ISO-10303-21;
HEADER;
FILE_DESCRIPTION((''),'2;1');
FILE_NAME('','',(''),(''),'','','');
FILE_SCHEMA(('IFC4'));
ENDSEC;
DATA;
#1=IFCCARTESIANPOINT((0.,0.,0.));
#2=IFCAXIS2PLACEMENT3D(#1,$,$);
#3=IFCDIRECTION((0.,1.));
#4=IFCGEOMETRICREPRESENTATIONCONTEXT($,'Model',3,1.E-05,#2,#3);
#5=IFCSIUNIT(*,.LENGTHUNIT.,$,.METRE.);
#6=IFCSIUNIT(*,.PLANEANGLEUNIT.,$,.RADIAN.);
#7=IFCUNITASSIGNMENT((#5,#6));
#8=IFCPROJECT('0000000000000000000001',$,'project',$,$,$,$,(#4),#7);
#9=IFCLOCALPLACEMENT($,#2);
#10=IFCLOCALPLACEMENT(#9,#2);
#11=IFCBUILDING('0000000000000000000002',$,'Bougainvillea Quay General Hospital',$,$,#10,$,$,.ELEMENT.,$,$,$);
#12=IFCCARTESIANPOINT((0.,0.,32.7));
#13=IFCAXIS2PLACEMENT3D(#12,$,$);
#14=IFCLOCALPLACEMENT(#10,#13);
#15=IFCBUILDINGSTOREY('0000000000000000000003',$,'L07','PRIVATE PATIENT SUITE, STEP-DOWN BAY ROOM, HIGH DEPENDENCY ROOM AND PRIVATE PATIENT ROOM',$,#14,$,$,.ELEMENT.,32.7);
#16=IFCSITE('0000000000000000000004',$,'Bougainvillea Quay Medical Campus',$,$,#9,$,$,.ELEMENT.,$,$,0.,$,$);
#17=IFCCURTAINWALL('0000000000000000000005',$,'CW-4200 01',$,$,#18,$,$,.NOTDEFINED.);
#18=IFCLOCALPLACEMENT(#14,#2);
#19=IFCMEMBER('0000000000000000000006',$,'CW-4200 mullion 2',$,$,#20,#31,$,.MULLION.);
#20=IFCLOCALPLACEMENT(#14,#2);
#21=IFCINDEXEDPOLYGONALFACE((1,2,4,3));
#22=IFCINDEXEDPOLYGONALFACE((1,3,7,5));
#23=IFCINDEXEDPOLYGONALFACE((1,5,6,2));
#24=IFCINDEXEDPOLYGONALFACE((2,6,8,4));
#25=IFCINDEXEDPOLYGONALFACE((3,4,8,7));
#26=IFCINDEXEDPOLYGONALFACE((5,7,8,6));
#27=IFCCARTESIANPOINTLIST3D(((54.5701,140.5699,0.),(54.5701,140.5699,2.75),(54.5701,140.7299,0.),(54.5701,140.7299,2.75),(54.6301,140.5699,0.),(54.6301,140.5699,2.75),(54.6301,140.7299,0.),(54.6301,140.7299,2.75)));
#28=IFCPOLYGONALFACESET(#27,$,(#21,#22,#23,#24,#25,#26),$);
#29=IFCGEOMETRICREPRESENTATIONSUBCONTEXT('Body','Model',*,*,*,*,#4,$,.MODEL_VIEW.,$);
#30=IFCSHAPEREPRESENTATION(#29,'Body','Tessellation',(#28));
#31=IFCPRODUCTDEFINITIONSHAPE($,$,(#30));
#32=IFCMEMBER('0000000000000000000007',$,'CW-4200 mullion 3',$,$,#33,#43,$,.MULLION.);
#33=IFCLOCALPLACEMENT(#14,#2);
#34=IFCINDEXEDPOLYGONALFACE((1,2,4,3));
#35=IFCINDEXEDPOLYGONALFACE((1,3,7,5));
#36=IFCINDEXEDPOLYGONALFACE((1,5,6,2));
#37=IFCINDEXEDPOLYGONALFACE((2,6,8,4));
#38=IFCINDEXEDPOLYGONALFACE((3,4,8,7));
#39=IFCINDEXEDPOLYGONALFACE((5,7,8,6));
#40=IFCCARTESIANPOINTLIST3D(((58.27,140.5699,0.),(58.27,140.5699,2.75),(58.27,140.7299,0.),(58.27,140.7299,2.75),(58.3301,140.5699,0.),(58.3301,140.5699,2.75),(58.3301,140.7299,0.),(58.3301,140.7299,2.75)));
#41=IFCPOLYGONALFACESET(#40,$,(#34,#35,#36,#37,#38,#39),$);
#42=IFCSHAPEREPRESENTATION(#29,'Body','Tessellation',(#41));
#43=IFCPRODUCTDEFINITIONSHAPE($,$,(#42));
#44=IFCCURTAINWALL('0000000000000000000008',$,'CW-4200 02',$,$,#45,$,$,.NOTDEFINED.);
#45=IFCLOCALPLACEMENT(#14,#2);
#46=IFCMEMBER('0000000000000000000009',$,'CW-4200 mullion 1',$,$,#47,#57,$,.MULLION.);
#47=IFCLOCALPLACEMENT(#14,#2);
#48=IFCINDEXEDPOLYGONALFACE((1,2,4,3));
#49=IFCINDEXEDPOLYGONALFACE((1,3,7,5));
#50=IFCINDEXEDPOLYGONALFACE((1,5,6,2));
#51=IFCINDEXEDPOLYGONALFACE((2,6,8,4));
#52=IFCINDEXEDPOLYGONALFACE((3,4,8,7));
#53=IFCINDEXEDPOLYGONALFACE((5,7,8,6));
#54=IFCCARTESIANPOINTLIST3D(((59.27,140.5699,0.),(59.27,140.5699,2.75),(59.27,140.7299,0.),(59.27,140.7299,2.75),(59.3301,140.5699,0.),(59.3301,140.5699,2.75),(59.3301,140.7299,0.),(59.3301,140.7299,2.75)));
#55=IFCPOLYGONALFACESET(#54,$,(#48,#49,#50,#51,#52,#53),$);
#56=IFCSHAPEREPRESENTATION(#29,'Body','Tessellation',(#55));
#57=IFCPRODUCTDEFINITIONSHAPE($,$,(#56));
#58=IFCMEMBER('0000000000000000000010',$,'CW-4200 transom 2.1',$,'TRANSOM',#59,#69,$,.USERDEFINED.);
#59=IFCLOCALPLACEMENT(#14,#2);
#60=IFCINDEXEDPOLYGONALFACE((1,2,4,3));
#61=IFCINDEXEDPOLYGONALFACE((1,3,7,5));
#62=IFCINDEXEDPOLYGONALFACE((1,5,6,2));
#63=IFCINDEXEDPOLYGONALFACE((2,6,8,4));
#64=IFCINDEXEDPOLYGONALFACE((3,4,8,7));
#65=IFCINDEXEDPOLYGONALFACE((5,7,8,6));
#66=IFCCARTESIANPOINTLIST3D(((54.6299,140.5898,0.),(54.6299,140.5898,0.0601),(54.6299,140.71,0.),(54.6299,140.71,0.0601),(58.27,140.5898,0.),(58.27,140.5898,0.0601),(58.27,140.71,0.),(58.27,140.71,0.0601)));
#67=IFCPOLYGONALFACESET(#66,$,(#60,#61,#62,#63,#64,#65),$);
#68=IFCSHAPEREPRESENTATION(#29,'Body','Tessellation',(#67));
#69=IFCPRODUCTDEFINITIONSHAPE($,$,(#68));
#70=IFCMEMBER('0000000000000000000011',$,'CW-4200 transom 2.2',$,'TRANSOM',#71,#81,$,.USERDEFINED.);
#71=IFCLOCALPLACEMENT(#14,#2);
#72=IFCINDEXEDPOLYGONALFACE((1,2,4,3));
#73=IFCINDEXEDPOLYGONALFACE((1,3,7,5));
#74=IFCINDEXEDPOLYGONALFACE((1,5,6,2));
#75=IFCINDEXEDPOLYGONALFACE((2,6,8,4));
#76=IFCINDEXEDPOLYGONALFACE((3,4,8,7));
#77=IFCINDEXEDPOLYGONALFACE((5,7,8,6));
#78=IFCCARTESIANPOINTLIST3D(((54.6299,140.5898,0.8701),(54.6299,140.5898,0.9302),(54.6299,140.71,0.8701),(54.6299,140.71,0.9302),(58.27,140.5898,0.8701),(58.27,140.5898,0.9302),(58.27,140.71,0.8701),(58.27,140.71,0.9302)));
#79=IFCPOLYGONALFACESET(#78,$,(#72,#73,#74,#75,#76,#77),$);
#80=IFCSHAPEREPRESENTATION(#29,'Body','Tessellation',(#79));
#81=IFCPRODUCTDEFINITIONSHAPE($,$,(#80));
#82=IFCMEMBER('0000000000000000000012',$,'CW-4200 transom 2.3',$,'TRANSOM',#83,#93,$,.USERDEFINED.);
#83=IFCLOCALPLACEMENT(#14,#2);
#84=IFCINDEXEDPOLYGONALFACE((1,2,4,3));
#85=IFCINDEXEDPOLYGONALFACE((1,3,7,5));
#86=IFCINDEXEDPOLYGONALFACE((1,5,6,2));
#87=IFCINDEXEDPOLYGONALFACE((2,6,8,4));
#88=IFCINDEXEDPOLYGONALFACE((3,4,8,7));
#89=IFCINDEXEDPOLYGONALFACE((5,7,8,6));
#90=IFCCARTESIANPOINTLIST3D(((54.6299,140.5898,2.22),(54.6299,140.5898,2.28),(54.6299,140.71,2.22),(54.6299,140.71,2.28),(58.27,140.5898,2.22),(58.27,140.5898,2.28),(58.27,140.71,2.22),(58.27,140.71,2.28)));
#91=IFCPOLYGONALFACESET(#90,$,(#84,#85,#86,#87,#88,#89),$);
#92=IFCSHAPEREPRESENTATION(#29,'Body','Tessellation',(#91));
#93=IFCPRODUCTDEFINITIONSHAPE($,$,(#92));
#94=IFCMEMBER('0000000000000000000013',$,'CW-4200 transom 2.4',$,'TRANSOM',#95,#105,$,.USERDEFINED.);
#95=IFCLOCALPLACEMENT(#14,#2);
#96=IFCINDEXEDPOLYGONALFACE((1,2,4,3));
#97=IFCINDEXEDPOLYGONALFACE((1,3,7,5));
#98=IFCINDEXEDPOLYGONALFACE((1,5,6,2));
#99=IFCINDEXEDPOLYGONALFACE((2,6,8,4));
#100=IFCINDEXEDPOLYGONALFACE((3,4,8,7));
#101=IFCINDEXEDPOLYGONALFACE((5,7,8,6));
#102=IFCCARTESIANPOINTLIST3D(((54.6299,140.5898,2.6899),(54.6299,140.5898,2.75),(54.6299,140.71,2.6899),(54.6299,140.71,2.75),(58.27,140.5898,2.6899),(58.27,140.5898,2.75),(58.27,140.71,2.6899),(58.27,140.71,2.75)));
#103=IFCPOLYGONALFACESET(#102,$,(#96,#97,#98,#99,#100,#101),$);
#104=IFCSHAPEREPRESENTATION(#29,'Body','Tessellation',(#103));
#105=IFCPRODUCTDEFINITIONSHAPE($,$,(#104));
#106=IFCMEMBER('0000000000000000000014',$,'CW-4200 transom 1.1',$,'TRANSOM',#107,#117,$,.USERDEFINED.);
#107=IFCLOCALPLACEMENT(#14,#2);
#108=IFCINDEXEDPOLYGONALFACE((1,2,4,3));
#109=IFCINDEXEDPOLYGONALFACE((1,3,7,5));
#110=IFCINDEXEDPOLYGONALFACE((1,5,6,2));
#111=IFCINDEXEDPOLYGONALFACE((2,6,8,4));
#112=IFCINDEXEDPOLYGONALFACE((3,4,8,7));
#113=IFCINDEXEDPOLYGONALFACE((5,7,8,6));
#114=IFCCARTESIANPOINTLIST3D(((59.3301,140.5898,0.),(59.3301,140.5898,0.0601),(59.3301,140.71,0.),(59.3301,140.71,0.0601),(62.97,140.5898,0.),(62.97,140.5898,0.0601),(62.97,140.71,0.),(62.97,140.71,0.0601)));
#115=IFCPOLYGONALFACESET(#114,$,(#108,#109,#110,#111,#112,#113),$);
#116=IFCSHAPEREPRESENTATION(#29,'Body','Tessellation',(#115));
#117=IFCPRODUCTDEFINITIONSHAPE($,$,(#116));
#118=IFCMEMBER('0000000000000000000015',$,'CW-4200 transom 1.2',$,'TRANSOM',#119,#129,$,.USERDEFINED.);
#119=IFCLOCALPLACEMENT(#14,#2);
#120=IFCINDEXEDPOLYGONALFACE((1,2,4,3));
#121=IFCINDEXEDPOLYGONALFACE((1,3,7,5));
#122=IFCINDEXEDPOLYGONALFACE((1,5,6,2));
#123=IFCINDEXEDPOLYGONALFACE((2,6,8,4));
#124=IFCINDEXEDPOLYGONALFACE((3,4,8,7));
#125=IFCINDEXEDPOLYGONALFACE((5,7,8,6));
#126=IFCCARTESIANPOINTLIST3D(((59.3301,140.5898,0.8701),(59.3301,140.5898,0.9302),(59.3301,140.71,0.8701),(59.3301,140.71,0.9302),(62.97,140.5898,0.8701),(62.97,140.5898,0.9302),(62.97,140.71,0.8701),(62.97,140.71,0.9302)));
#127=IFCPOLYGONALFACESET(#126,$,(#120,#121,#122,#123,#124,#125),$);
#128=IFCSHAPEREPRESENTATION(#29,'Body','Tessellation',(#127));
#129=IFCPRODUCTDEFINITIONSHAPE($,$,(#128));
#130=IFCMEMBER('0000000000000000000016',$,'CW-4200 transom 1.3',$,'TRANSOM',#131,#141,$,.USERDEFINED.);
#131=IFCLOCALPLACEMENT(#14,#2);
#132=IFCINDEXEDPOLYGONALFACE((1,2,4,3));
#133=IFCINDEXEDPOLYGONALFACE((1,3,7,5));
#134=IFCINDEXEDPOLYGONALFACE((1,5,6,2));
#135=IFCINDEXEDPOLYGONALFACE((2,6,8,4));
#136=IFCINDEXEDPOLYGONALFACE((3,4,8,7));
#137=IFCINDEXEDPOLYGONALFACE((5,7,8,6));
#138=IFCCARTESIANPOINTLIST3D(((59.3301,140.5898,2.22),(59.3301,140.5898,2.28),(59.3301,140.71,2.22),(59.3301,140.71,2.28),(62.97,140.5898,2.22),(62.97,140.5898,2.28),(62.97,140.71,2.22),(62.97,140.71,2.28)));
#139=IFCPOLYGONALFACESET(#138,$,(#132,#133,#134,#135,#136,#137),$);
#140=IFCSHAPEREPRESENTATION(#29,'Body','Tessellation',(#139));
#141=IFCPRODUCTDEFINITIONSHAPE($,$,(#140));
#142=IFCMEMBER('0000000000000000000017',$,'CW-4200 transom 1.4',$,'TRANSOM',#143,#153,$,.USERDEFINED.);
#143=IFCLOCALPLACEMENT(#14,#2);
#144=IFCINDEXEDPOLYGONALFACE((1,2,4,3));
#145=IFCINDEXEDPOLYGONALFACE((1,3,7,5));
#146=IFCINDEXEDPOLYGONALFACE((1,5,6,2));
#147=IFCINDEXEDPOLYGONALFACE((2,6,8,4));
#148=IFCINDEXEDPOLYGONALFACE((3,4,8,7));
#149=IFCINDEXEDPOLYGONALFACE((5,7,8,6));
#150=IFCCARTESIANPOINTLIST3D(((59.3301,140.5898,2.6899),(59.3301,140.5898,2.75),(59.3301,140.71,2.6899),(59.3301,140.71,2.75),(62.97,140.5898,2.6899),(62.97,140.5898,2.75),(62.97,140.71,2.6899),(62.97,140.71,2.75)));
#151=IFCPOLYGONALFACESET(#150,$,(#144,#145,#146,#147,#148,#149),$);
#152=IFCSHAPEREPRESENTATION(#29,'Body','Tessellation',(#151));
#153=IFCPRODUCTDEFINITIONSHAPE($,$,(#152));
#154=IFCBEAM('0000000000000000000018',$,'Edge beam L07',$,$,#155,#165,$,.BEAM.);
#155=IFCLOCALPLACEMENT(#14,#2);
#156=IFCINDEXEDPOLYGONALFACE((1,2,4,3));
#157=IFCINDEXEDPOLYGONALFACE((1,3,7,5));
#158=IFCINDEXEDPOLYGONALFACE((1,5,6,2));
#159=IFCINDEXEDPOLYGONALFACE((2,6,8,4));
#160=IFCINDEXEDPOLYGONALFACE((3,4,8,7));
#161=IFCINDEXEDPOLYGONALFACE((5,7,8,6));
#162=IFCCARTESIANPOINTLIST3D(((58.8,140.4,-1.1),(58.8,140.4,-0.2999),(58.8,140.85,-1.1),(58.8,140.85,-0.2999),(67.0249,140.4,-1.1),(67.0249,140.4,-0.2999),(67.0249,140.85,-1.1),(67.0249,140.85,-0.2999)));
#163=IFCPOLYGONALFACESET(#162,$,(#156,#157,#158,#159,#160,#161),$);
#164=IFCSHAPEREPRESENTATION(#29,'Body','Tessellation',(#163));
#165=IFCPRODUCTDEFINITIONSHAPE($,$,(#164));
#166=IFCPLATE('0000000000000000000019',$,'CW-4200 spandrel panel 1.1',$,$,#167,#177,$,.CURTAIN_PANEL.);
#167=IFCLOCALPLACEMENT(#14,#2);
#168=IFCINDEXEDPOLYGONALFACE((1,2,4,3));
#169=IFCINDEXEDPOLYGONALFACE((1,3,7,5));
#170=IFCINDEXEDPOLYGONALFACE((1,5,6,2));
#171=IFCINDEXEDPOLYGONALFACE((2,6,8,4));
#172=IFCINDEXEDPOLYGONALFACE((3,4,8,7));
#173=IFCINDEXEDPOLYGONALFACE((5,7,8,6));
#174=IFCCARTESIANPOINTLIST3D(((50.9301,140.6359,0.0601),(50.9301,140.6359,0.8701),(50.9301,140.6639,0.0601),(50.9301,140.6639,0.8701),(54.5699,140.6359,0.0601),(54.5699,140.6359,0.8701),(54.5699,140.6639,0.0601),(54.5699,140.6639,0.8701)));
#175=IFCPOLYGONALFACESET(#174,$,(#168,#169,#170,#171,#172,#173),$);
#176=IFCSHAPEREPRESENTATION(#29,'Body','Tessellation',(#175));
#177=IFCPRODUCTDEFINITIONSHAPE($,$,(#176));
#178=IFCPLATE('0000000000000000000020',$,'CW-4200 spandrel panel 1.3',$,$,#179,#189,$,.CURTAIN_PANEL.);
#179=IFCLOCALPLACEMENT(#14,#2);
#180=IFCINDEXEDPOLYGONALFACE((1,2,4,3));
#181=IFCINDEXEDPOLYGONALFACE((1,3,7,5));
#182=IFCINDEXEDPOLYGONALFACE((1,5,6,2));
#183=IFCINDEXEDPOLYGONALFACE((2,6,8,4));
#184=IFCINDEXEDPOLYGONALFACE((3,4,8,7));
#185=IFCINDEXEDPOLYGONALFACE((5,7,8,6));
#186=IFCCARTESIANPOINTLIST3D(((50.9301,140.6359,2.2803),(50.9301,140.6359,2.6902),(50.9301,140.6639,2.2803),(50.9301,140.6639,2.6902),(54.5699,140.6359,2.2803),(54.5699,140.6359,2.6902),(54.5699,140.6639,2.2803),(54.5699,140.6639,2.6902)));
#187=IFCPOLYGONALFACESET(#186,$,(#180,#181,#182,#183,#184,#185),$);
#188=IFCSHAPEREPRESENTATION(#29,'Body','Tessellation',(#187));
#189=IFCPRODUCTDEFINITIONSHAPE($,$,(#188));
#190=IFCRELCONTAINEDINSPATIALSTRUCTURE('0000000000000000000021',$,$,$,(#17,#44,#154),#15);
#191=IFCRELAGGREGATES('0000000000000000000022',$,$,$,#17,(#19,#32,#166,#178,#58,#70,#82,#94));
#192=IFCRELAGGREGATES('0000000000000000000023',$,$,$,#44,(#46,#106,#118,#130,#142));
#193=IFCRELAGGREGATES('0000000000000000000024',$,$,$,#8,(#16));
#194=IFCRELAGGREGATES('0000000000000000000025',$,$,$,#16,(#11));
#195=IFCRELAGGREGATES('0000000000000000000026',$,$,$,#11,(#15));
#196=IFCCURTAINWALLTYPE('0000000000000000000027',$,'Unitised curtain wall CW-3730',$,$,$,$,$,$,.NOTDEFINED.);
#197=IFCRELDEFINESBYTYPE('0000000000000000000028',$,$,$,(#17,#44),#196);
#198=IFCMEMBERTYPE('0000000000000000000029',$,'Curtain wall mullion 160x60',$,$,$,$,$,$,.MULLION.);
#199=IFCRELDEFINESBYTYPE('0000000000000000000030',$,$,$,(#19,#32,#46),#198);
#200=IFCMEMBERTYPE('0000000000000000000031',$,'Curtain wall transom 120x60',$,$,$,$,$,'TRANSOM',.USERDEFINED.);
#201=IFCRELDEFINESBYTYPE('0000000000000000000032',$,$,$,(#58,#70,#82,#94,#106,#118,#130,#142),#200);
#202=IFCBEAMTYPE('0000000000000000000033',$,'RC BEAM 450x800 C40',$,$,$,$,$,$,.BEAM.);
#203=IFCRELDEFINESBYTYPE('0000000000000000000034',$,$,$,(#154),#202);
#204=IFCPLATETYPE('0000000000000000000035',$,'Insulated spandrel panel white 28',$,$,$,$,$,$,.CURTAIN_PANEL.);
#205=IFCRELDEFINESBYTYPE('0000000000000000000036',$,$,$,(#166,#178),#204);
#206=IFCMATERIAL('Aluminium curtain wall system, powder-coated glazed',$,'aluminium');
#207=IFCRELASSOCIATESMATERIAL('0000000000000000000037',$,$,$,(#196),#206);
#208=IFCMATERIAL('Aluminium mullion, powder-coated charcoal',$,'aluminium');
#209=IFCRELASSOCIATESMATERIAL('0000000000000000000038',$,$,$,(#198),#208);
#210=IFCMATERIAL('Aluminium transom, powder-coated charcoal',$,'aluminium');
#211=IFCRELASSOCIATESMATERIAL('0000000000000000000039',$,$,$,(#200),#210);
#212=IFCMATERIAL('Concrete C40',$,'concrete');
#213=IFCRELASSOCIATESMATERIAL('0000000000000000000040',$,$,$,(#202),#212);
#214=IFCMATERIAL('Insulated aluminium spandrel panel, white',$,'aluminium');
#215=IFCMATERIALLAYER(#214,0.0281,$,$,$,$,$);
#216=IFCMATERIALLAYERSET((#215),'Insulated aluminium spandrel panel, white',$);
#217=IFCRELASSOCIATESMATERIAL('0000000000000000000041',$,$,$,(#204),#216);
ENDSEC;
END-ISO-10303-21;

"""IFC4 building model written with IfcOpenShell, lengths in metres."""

from ifc_helpers import new_model, si_unit, direction, frame, origin, origin_2d, place, context, subcontext, project, spatial, rectangle, extrude, material, layer, layer_set, material_profile, profile_set, type_object, element, aggregate, save


model = new_model("IFC4")

# Units and contexts
model_context = context("Model", 3, precision=1e-05, world=origin(), true_north=direction((0.0, 1.0)))
body_context = subcontext(model_context, "Body", "Model", "MODEL_VIEW")
ifc_project = project(units=[si_unit("LENGTHUNIT", "METRE"), si_unit("PLANEANGLEUNIT", "RADIAN")], contexts=[model_context])

# Site, building, storey
site_placement = place(None, origin())
site = spatial("IfcSite", under=ifc_project, at=site_placement, Name="Bougainvillea Quay Medical Campus", CompositionType="ELEMENT", RefElevation=0.0)
building_placement = place(site_placement, origin())
building = spatial("IfcBuilding", under=site, at=building_placement, Name="Bougainvillea Quay General Hospital", CompositionType="ELEMENT")
storey_placement = place(building_placement, frame((0.0, 0.0, 32.7)))
storey = spatial("IfcBuildingStorey", under=building, at=storey_placement, Name="L07", Description="PRIVATE PATIENT SUITE, STEP-DOWN BAY ROOM, HIGH DEPENDENCY ROOM AND PRIVATE PATIENT ROOM", CompositionType="ELEMENT", Elevation=32.7)

# Curtain wall, members
ifc_material_1 = material(Name="Aluminium curtain wall system, powder-coated glazed", Category="aluminium")
curtain_wall_type = type_object("IfcCurtainWallType", Name="Unitised curtain wall CW-3730", PredefinedType="NOTDEFINED", material=ifc_material_1)
curtain_wall_1_placement = place(storey_placement, origin())
curtain_wall_1 = element("IfcCurtainWall", 1, at=curtain_wall_1_placement, inside=storey, type_object=curtain_wall_type, Name="CW-4200 01", PredefinedType="NOTDEFINED")
ifc_material_2 = material(Name="Aluminium mullion, powder-coated charcoal", Category="aluminium")
ifc_material_profile_1 = material_profile(ifc_material_2, rectangle(XDim=0.1599, YDim=0.0601, at=origin_2d()))
ifc_profile_set_1 = profile_set([ifc_material_profile_1], Name="Aluminium mullion, powder-coated charcoal")
member_type_1 = type_object("IfcMemberType", Name="Curtain wall mullion 160x60", PredefinedType="MULLION", material=ifc_profile_set_1)
member_1_placement = place(storey_placement, frame((54.6001, 140.6499, 0.0), z_axis=(0.0, 0.0, 1.0), x_axis=(0.0, 1.0, 0.0)))
member_1 = element("IfcMember", 2, at=member_1_placement, type_object=member_type_1, Name="CW-4200 mullion 2", PredefinedType="MULLION", context=body_context, shape_type="SweptSolid", body=[
    extrude(rectangle(XDim=0.1599, YDim=0.0601, at=origin_2d()), origin(), (0.0, 0.0, 1.0), 2.75),
])
member_2_placement = place(storey_placement, frame((58.3, 140.6499, 0.0), z_axis=(0.0, 0.0, 1.0), x_axis=(0.0, 1.0, 0.0)))
member_2 = element("IfcMember", 3, at=member_2_placement, type_object=member_type_1, Name="CW-4200 mullion 3", PredefinedType="MULLION", context=body_context, shape_type="SweptSolid", body=[
    extrude(rectangle(XDim=0.1599, YDim=0.0601, at=origin_2d()), origin(), (0.0, 0.0, 1.0), 2.75),
])

# Curtain wall, member
curtain_wall_2_placement = place(storey_placement, origin())
curtain_wall_2 = element("IfcCurtainWall", 4, at=curtain_wall_2_placement, inside=storey, type_object=curtain_wall_type, Name="CW-4200 02", PredefinedType="NOTDEFINED")
member_3_placement = place(storey_placement, frame((59.3, 140.6499, 0.0), z_axis=(0.0, 0.0, 1.0), x_axis=(0.0, 1.0, 0.0)))
member_3 = element("IfcMember", 5, at=member_3_placement, type_object=member_type_1, Name="CW-4200 mullion 1", PredefinedType="MULLION", context=body_context, shape_type="SweptSolid", body=[
    extrude(rectangle(XDim=0.1599, YDim=0.0601, at=origin_2d()), origin(), (0.0, 0.0, 1.0), 2.75),
])

# Members
ifc_material_3 = material(Name="Aluminium transom, powder-coated charcoal", Category="aluminium")
ifc_material_profile_2 = material_profile(ifc_material_3, rectangle(XDim=0.1201, YDim=0.0601, at=origin_2d()))
ifc_profile_set_2 = profile_set([ifc_material_profile_2], Name="Aluminium transom, powder-coated charcoal")
member_type_2 = type_object("IfcMemberType", Name="Curtain wall transom 120x60", ElementType="TRANSOM", PredefinedType="USERDEFINED", material=ifc_profile_set_2)
member_4_placement = place(storey_placement, frame((54.6299, 140.6499, 0.03), z_axis=(1.0, 0.0, 0.0), x_axis=(0.0, 1.0, 0.0)))
member_4 = element("IfcMember", 6, at=member_4_placement, type_object=member_type_2, Name="CW-4200 transom 2.1", ObjectType="TRANSOM", PredefinedType="USERDEFINED", context=body_context, shape_type="SweptSolid", body=[
    extrude(rectangle(XDim=0.1201, YDim=0.0601, at=origin_2d()), origin(), (0.0, 0.0, 1.0), 3.6401),
])
member_5_placement = place(storey_placement, frame((54.6299, 140.6499, 0.9001), z_axis=(1.0, 0.0, 0.0), x_axis=(0.0, 1.0, 0.0)))
member_5 = element("IfcMember", 7, at=member_5_placement, type_object=member_type_2, Name="CW-4200 transom 2.2", ObjectType="TRANSOM", PredefinedType="USERDEFINED", context=body_context, shape_type="SweptSolid", body=[
    extrude(rectangle(XDim=0.1201, YDim=0.0601, at=origin_2d()), origin(), (0.0, 0.0, 1.0), 3.6401),
])
member_6_placement = place(storey_placement, frame((54.6299, 140.6499, 2.25), z_axis=(1.0, 0.0, 0.0), x_axis=(0.0, 1.0, 0.0)))
member_6 = element("IfcMember", 8, at=member_6_placement, type_object=member_type_2, Name="CW-4200 transom 2.3", ObjectType="TRANSOM", PredefinedType="USERDEFINED", context=body_context, shape_type="SweptSolid", body=[
    extrude(rectangle(XDim=0.1201, YDim=0.0601, at=origin_2d()), origin(), (0.0, 0.0, 1.0), 3.6401),
])
member_7_placement = place(storey_placement, frame((54.6299, 140.6499, 2.72), z_axis=(1.0, 0.0, 0.0), x_axis=(0.0, 1.0, 0.0)))
member_7 = element("IfcMember", 9, at=member_7_placement, type_object=member_type_2, Name="CW-4200 transom 2.4", ObjectType="TRANSOM", PredefinedType="USERDEFINED", context=body_context, shape_type="SweptSolid", body=[
    extrude(rectangle(XDim=0.1201, YDim=0.0601, at=origin_2d()), origin(), (0.0, 0.0, 1.0), 3.6401),
])
member_8_placement = place(storey_placement, frame((59.3301, 140.6499, 0.03), z_axis=(1.0, 0.0, 0.0), x_axis=(0.0, 1.0, 0.0)))
member_8 = element("IfcMember", 10, at=member_8_placement, type_object=member_type_2, Name="CW-4200 transom 1.1", ObjectType="TRANSOM", PredefinedType="USERDEFINED", context=body_context, shape_type="SweptSolid", body=[
    extrude(rectangle(XDim=0.1201, YDim=0.0601, at=origin_2d()), origin(), (0.0, 0.0, 1.0), 3.6399),
])
member_9_placement = place(storey_placement, frame((59.3301, 140.6499, 0.9001), z_axis=(1.0, 0.0, 0.0), x_axis=(0.0, 1.0, 0.0)))
member_9 = element("IfcMember", 11, at=member_9_placement, type_object=member_type_2, Name="CW-4200 transom 1.2", ObjectType="TRANSOM", PredefinedType="USERDEFINED", context=body_context, shape_type="SweptSolid", body=[
    extrude(rectangle(XDim=0.1201, YDim=0.0601, at=origin_2d()), origin(), (0.0, 0.0, 1.0), 3.6399),
])
member_10_placement = place(storey_placement, frame((59.3301, 140.6499, 2.25), z_axis=(1.0, 0.0, 0.0), x_axis=(0.0, 1.0, 0.0)))
member_10 = element("IfcMember", 12, at=member_10_placement, type_object=member_type_2, Name="CW-4200 transom 1.3", ObjectType="TRANSOM", PredefinedType="USERDEFINED", context=body_context, shape_type="SweptSolid", body=[
    extrude(rectangle(XDim=0.1201, YDim=0.0601, at=origin_2d()), origin(), (0.0, 0.0, 1.0), 3.6399),
])
member_11_placement = place(storey_placement, frame((59.3301, 140.6499, 2.72), z_axis=(1.0, 0.0, 0.0), x_axis=(0.0, 1.0, 0.0)))
member_11 = element("IfcMember", 13, at=member_11_placement, type_object=member_type_2, Name="CW-4200 transom 1.4", ObjectType="TRANSOM", PredefinedType="USERDEFINED", context=body_context, shape_type="SweptSolid", body=[
    extrude(rectangle(XDim=0.1201, YDim=0.0601, at=origin_2d()), origin(), (0.0, 0.0, 1.0), 3.6399),
])

# Beam
ifc_material_4 = material(Name="Concrete C40", Category="concrete")
ifc_material_profile_3 = material_profile(ifc_material_4, rectangle(XDim=0.45, YDim=0.8, at=origin_2d()))
ifc_profile_set_3 = profile_set([ifc_material_profile_3], Name="Concrete C40")
beam_type = type_object("IfcBeamType", Name="RC BEAM 450x800 C40", PredefinedType="BEAM", material=ifc_profile_set_3)
beam_placement = place(storey_placement, frame((58.8, 140.625, -0.7), z_axis=(1.0, 0.0, 0.0), x_axis=(0.0, 1.0, 0.0)))
element("IfcBeam", 14, at=beam_placement, inside=storey, type_object=beam_type, Name="Edge beam L07", PredefinedType="BEAM", context=body_context, shape_type="SweptSolid", body=[
    extrude(rectangle(XDim=0.45, YDim=0.8, at=origin_2d()), origin(), (0.0, 0.0, 1.0), 8.2249),
])

# Plates
ifc_material_5 = material(Name="Insulated aluminium spandrel panel, white", Category="aluminium")
ifc_layer_1 = layer(ifc_material_5, 0.0281)
ifc_layer_set_1 = layer_set([ifc_layer_1], Name="Insulated aluminium spandrel panel, white")
plate_type_1 = type_object("IfcPlateType", Name="Insulated spandrel panel white 28", PredefinedType="CURTAIN_PANEL", material=ifc_layer_set_1)
plate_1_placement = place(storey_placement, frame((52.75, 140.6499, 0.0601), z_axis=(0.0, 0.0, 1.0), x_axis=(1.0, 0.0, 0.0)))
plate_1 = element("IfcPlate", 15, at=plate_1_placement, type_object=plate_type_1, Name="CW-4200 spandrel panel 1.1", PredefinedType="CURTAIN_PANEL", context=body_context, shape_type="SweptSolid", body=[
    extrude(rectangle(XDim=3.6399, YDim=0.0281, at=origin_2d()), origin(), (0.0, 0.0, 1.0), 0.8101),
])
plate_2_placement = place(storey_placement, frame((52.75, 140.6499, 2.2803), z_axis=(0.0, 0.0, 1.0), x_axis=(1.0, 0.0, 0.0)))
plate_2 = element("IfcPlate", 16, at=plate_2_placement, type_object=plate_type_1, Name="CW-4200 spandrel panel 1.3", PredefinedType="CURTAIN_PANEL", context=body_context, shape_type="SweptSolid", body=[
    extrude(rectangle(XDim=3.6399, YDim=0.0281, at=origin_2d()), origin(), (0.0, 0.0, 1.0), 0.4099),
])
aggregate(curtain_wall_1, [member_1, member_2, plate_1, plate_2, member_4, member_5, member_6, member_7])
aggregate(curtain_wall_2, [member_3, member_8, member_9, member_10, member_11])

save(model, "model.ifc")
